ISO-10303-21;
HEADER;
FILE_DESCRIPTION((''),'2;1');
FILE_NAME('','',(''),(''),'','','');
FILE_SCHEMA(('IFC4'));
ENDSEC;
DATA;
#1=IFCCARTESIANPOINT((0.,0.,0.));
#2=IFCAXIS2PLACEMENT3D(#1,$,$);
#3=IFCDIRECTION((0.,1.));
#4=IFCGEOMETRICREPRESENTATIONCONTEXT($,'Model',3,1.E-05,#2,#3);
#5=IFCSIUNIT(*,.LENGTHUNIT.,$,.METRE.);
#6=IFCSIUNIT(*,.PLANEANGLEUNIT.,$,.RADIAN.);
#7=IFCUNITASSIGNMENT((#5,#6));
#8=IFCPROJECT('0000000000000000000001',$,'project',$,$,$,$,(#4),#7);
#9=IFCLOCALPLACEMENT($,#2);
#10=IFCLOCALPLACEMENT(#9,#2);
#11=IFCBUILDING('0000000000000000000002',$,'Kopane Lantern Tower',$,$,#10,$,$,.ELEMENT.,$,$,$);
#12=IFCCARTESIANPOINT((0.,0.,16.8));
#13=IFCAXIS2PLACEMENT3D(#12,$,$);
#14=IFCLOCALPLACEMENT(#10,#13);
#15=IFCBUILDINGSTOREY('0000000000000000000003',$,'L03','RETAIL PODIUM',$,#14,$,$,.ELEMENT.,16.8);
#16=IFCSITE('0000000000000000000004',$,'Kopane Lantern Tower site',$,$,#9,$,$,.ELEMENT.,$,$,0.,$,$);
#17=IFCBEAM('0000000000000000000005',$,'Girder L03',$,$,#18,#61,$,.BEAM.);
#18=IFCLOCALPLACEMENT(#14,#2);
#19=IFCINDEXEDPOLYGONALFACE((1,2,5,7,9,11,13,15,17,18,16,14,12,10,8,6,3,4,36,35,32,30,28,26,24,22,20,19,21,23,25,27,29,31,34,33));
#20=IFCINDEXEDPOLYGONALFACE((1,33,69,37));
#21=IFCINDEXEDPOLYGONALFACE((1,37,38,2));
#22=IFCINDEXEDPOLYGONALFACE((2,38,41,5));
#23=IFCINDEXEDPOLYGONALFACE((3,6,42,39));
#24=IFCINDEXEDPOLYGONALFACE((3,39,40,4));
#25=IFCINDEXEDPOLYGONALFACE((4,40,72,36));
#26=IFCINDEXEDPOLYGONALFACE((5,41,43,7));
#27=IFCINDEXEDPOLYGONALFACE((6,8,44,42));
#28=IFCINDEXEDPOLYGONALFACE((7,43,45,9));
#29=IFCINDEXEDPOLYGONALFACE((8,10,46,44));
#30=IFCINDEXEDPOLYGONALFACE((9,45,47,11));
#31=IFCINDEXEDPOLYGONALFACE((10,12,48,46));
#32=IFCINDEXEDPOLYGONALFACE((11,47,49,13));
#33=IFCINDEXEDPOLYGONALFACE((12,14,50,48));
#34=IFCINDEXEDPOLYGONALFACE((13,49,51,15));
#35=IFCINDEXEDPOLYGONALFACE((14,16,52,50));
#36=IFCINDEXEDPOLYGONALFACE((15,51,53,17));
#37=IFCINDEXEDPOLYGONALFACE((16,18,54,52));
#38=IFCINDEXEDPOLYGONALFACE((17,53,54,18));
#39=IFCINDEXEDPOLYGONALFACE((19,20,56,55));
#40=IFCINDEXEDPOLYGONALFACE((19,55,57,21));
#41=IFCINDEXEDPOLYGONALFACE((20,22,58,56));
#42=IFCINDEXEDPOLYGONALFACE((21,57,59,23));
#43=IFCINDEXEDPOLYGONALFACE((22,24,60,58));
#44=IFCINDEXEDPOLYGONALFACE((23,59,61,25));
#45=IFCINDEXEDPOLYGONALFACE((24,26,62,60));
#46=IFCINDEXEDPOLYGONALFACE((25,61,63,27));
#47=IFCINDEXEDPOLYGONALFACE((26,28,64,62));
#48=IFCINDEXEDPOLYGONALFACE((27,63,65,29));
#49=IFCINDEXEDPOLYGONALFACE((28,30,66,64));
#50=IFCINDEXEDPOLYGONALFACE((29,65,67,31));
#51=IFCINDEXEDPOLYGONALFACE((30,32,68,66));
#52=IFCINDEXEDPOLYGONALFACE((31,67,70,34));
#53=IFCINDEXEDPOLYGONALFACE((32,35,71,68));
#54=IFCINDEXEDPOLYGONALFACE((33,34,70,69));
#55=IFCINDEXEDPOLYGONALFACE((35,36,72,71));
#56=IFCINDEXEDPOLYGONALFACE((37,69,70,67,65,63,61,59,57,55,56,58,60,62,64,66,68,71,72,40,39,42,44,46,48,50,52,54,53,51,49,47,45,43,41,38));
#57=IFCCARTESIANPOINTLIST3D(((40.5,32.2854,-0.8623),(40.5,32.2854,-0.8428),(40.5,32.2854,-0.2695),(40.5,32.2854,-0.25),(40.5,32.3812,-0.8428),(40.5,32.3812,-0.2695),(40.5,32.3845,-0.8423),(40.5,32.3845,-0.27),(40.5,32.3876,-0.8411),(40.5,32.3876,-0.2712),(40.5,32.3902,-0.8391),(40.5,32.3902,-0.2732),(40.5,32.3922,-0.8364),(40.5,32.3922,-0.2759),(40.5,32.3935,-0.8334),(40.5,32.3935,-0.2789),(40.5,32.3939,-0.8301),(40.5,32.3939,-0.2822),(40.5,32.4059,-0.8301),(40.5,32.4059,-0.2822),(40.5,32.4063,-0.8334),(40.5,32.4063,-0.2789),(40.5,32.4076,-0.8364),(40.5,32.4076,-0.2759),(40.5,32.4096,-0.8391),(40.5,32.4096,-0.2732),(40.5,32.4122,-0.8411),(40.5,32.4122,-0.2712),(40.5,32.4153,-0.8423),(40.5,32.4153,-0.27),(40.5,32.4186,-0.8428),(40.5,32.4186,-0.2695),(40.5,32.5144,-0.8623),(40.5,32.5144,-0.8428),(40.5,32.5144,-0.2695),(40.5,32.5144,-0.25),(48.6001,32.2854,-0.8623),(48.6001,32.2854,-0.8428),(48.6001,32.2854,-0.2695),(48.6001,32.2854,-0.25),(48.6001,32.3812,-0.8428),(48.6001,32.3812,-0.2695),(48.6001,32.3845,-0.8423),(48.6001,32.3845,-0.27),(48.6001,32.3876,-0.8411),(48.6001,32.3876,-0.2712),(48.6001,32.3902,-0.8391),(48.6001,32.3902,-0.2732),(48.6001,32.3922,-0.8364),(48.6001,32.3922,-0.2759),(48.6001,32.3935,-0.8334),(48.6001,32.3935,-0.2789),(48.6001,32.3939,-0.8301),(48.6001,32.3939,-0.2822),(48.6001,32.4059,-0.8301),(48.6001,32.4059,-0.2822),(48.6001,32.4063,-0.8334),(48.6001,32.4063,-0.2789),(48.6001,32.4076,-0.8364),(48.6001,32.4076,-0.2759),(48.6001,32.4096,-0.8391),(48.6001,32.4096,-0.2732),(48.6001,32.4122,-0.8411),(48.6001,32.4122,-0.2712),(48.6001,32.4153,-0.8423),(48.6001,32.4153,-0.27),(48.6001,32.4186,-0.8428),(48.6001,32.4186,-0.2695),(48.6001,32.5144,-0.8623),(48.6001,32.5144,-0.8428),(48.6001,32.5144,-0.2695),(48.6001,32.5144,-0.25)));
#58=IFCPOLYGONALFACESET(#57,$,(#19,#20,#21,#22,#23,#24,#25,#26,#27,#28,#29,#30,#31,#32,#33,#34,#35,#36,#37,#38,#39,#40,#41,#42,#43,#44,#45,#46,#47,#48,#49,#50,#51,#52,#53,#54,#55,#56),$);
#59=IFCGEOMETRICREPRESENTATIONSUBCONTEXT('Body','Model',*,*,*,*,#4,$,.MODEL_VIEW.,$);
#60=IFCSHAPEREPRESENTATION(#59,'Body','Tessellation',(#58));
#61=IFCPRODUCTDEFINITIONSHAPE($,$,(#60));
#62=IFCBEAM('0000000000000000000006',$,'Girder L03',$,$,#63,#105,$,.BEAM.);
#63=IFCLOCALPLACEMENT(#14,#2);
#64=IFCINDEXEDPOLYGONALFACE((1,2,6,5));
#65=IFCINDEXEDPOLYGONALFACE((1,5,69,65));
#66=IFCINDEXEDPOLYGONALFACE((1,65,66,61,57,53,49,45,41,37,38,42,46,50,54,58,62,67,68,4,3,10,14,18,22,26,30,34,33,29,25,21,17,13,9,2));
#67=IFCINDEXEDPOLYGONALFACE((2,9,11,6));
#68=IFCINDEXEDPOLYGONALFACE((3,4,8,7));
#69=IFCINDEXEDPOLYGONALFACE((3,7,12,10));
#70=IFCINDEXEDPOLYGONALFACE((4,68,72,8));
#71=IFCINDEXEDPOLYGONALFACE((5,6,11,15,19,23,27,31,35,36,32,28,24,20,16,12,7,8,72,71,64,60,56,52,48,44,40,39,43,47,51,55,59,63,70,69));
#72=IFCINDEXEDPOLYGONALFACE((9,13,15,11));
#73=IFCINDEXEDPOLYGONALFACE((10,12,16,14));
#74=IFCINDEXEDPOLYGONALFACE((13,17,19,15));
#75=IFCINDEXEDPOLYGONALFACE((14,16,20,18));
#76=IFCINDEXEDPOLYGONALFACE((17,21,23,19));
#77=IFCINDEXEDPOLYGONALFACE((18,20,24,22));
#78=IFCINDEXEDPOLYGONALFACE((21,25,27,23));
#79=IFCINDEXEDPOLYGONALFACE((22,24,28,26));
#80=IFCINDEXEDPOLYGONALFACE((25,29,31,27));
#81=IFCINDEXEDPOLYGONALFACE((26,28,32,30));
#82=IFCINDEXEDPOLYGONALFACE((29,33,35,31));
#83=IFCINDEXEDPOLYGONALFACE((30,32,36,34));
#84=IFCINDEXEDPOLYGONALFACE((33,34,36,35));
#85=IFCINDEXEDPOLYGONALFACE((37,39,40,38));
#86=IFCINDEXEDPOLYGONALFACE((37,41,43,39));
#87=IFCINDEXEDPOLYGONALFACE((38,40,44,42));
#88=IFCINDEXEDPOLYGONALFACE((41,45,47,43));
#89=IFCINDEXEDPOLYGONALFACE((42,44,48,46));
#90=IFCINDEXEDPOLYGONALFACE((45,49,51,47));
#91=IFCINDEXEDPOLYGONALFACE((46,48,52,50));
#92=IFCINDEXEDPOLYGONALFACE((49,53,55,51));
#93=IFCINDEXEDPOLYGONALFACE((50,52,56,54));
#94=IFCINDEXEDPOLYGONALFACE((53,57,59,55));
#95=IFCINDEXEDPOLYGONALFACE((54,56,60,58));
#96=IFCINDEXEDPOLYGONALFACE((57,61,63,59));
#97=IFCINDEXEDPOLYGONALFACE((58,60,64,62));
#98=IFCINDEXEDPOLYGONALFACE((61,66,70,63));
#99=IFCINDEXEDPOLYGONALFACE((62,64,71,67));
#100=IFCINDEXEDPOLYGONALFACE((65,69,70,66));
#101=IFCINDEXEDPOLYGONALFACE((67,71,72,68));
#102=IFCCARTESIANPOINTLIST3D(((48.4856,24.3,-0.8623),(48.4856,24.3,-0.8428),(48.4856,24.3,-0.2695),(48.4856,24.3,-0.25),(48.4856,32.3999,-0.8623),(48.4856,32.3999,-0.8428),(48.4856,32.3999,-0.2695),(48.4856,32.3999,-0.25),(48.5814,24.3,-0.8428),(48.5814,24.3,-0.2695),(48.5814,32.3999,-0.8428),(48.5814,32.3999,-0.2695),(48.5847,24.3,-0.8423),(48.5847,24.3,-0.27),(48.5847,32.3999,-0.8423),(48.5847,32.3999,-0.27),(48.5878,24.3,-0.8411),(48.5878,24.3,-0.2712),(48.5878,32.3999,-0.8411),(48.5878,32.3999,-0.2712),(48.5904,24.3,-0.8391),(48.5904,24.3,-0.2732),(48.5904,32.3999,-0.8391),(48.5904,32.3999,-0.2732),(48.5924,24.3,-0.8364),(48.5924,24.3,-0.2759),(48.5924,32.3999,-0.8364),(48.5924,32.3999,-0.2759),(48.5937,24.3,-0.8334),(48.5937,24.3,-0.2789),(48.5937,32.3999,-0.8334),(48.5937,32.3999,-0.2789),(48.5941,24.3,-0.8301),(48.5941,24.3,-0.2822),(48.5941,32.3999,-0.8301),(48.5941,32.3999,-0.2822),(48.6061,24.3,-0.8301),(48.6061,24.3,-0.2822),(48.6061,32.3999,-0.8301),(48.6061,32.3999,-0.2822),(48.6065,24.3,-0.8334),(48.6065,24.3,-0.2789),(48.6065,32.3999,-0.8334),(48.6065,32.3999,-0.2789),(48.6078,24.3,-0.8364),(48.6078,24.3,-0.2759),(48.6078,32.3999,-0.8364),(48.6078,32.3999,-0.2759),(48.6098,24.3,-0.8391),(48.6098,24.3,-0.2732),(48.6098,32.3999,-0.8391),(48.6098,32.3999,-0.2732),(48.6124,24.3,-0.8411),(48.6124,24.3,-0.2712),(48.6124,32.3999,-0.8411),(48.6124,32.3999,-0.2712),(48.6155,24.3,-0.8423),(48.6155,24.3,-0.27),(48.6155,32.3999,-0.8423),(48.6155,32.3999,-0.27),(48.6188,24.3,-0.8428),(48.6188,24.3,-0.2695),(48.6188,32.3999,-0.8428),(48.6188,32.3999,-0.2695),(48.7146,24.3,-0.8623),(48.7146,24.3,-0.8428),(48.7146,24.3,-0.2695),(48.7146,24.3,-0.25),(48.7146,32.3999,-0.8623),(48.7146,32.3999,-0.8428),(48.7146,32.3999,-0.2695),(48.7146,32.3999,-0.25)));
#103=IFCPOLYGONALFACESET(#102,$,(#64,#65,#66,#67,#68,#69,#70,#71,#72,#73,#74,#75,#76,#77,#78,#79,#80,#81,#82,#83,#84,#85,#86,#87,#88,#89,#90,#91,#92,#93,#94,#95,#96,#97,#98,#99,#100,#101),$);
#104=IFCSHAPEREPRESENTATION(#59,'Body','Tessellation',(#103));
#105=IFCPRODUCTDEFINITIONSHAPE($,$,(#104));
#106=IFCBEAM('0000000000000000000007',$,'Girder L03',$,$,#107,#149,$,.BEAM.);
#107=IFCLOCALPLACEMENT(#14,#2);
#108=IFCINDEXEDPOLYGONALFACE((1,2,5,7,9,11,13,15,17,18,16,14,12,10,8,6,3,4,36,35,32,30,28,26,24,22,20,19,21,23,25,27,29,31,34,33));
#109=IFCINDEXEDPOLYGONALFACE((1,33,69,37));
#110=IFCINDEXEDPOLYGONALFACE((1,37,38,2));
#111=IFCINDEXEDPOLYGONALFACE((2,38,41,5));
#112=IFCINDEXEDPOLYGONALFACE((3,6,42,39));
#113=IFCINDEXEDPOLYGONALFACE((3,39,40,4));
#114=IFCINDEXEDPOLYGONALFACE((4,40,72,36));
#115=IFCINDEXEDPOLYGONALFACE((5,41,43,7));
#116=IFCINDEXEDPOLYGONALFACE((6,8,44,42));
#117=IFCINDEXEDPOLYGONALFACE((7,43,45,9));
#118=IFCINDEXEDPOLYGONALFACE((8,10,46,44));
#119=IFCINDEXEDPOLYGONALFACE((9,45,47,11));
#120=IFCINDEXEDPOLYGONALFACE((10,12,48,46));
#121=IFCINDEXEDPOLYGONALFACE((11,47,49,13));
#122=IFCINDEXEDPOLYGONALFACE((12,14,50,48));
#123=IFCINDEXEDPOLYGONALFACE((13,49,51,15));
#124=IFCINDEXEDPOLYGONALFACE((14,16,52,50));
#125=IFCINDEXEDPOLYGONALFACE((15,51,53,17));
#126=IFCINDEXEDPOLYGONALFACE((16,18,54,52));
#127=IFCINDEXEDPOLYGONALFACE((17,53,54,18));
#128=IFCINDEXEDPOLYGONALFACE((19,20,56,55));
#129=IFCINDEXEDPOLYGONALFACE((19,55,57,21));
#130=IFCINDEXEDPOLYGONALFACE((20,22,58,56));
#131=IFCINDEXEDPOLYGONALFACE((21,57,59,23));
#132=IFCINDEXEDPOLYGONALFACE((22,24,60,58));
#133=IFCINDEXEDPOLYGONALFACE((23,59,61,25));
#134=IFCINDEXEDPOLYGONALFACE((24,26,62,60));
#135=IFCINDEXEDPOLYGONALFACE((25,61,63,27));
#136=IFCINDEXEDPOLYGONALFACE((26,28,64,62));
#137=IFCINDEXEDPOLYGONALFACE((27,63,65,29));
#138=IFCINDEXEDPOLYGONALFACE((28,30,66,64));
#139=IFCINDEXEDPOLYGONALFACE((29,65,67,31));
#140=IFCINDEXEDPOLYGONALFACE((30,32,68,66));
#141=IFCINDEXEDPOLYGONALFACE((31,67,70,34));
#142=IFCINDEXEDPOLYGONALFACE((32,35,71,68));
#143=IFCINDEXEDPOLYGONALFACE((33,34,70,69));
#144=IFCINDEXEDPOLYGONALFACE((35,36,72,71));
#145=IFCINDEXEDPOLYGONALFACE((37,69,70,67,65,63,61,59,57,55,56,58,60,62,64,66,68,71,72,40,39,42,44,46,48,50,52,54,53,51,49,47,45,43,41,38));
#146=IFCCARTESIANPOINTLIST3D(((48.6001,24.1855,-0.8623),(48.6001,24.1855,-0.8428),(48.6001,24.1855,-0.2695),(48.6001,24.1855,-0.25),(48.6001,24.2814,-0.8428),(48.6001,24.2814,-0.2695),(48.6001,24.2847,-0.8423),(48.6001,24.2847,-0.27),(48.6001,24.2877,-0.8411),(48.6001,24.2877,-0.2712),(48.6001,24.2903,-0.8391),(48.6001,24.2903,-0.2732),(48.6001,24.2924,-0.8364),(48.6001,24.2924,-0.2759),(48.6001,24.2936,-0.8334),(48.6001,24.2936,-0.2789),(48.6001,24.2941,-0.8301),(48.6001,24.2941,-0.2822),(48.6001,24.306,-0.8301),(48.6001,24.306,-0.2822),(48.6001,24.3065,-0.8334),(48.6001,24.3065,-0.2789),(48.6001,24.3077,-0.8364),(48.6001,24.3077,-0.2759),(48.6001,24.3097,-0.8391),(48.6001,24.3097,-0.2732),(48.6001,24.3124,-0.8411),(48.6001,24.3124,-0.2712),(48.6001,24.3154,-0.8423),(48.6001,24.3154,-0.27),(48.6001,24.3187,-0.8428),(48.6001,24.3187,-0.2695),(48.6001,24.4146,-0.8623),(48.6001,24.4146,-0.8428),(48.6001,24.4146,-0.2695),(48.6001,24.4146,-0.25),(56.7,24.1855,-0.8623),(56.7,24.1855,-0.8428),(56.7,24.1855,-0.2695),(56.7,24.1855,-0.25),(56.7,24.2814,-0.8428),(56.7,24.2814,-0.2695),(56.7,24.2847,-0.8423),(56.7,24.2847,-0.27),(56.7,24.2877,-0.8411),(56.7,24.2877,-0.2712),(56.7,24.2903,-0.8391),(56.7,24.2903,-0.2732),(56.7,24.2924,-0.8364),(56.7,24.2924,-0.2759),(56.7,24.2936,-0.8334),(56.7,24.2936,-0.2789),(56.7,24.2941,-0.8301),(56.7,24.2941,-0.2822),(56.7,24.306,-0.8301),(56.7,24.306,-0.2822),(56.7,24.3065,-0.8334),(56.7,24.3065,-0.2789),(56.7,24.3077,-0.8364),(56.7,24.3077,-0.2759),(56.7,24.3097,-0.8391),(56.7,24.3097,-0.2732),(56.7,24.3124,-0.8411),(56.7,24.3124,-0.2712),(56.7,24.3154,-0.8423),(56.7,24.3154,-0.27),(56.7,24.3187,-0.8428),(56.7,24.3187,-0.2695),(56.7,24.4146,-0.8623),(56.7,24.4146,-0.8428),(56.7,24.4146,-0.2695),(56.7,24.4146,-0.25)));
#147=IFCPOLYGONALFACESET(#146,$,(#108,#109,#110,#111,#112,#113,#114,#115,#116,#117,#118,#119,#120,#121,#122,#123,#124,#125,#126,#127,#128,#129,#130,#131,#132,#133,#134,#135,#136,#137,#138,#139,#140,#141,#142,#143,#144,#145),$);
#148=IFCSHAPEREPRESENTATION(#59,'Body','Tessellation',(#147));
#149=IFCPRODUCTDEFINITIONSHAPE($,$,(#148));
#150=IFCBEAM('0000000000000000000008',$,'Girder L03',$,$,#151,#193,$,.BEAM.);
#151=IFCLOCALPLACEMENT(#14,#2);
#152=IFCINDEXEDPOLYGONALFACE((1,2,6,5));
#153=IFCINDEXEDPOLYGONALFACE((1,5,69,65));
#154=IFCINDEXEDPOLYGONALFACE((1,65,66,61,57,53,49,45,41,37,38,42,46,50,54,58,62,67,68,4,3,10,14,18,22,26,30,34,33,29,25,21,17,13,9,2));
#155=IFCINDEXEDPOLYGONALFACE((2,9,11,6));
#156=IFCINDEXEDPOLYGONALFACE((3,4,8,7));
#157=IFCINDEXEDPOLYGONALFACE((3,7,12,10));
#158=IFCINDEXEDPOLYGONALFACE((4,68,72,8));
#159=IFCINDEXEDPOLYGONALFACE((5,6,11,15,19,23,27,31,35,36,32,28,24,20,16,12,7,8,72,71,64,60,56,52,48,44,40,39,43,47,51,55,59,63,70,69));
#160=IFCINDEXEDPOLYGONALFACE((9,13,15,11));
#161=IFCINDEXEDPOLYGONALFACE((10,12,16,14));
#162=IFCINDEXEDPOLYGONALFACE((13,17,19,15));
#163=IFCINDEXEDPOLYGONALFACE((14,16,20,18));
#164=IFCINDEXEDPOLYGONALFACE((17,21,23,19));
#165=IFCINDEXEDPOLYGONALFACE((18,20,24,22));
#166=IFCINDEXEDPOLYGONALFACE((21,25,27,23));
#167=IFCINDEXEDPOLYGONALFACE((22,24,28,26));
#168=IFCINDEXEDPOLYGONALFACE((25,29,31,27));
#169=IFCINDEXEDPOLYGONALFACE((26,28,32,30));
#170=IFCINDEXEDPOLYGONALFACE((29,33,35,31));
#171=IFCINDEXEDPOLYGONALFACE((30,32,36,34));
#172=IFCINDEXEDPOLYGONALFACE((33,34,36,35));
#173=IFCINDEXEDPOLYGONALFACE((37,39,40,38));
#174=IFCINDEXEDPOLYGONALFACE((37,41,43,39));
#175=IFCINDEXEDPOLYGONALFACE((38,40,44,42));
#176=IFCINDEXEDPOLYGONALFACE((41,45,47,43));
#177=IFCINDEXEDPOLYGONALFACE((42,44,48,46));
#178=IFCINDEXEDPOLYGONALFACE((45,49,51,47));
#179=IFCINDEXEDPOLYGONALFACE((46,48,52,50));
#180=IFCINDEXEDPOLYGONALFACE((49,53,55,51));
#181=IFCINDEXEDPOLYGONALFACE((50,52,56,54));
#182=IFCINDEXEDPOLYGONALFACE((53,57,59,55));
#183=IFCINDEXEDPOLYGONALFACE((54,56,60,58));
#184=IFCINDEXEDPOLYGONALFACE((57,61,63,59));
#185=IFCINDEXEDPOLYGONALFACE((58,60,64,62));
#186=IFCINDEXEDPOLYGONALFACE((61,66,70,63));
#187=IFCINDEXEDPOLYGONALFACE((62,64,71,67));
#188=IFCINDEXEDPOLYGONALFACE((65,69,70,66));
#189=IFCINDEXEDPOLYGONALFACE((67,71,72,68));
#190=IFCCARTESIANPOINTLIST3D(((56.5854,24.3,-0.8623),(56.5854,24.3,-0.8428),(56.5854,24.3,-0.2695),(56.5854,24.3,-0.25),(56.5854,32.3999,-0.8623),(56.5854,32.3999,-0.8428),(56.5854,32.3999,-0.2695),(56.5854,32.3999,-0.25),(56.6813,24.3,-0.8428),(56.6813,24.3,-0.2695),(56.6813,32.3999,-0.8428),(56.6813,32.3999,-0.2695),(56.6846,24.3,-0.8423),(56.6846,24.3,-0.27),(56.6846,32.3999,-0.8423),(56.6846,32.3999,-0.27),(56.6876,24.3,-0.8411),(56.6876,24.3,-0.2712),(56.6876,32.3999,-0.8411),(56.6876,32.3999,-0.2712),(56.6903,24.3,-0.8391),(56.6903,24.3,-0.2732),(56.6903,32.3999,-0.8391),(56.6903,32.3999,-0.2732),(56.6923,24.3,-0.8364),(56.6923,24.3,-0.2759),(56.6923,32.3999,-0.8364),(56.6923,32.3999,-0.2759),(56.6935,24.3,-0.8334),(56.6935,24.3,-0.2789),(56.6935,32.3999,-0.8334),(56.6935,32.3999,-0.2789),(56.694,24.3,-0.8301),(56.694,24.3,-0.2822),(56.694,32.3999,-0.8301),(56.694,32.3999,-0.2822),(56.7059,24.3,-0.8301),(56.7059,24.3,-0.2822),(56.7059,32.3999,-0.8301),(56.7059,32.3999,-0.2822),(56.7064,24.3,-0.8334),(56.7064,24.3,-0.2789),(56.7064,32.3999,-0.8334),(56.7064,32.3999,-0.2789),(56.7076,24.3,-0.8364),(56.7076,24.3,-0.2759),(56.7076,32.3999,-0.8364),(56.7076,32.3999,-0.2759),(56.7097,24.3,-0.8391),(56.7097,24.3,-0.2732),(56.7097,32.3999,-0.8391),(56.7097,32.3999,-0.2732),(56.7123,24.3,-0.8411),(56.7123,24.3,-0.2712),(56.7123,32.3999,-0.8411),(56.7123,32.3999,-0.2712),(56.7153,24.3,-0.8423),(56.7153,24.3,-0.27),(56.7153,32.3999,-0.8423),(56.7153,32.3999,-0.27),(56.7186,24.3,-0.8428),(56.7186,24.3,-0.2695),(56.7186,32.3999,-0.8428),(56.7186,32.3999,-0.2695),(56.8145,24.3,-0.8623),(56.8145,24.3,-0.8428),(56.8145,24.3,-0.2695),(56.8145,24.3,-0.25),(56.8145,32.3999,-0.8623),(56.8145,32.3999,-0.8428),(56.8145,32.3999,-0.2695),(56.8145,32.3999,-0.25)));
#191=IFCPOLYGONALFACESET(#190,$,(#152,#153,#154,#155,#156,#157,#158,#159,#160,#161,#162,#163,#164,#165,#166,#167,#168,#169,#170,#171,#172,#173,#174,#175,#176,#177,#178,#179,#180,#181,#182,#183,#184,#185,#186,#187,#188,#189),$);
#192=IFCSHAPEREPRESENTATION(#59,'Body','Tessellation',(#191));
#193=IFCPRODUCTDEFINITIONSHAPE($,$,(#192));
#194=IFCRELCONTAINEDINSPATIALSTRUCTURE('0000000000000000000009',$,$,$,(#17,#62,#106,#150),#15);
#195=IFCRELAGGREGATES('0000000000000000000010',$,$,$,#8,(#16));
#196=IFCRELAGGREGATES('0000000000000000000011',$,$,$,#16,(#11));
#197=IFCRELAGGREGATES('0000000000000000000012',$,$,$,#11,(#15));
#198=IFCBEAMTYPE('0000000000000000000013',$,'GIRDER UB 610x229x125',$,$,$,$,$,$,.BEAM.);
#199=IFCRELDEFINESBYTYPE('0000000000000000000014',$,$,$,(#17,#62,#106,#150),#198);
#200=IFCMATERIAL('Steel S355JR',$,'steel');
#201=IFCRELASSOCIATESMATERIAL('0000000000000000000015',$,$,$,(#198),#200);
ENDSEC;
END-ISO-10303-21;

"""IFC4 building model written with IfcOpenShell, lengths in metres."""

from ifc_helpers import new_model, si_unit, direction, frame, origin, origin_2d, place, context, subcontext, project, spatial, i_section, extrude, material, material_profile, profile_set, type_object, element, save


model = new_model("IFC4")

# Units and contexts
model_context = context("Model", 3, precision=1e-05, world=origin(), true_north=direction((0.0, 1.0)))
body_context = subcontext(model_context, "Body", "Model", "MODEL_VIEW")
ifc_project = project(units=[si_unit("LENGTHUNIT", "METRE"), si_unit("PLANEANGLEUNIT", "RADIAN")], contexts=[model_context])

# Site, building, storey
site_placement = place(None, origin())
site = spatial("IfcSite", under=ifc_project, at=site_placement, Name="Kopane Lantern Tower site", CompositionType="ELEMENT", RefElevation=0.0)
building_placement = place(site_placement, origin())
building = spatial("IfcBuilding", under=site, at=building_placement, Name="Kopane Lantern Tower", CompositionType="ELEMENT")
storey_placement = place(building_placement, frame((0.0, 0.0, 16.8)))
storey = spatial("IfcBuildingStorey", under=building, at=storey_placement, Name="L03", Description="RETAIL PODIUM", CompositionType="ELEMENT", Elevation=16.8)

# Beams
ifc_material_1 = material(Name="Steel S355JR", Category="steel")
ifc_material_profile_1 = material_profile(ifc_material_1, i_section(OverallWidth=0.229, OverallDepth=0.6123, WebThickness=0.012, FlangeThickness=0.0195, FilletRadius=0.0127, at=origin_2d()), Name="UB 610x229x125")
ifc_profile_set_1 = profile_set([ifc_material_profile_1], Name="Steel S355JR")
beam_type = type_object("IfcBeamType", Name="GIRDER UB 610x229x125", PredefinedType="BEAM", material=ifc_profile_set_1)
for number, where, z_axis, x_axis, name in (
    (1, (40.5, 32.3999, -0.5562), (1.0, 0.0, 0.0), (0.0, 1.0, 0.0), "Girder L03"),
):
    element("IfcBeam", number, at=place(storey_placement, frame(where, z_axis=z_axis, x_axis=x_axis)), inside=storey, type_object=beam_type, Name=name, PredefinedType="BEAM", context=body_context, shape_type="SweptSolid", body=[
        extrude(i_section(OverallWidth=0.229, OverallDepth=0.6123, WebThickness=0.012, FlangeThickness=0.0195, FilletRadius=0.0127, at=origin_2d()), origin(), (0.0, 0.0, 1.0), 8.1001),
    ])
for number, where, z_axis, x_axis, name in (
    (2, (48.6001, 24.3, -0.5562), (0.0, 1.0, 0.0), (-1.0, 0.0, 0.0), "Girder L03"),
    (3, (48.6001, 24.3, -0.5562), (1.0, 0.0, 0.0), (0.0, 1.0, 0.0), "Girder L03"),
    (4, (56.7, 24.3, -0.5562), (0.0, 1.0, 0.0), (-1.0, 0.0, 0.0), "Girder L03"),
):
    element("IfcBeam", number, at=place(storey_placement, frame(where, z_axis=z_axis, x_axis=x_axis)), inside=storey, type_object=beam_type, Name=name, PredefinedType="BEAM", context=body_context, shape_type="SweptSolid", body=[
        extrude(i_section(OverallWidth=0.229, OverallDepth=0.6123, WebThickness=0.012, FlangeThickness=0.0195, FilletRadius=0.0127, at=origin_2d()), origin(), (0.0, 0.0, 1.0), 8.0999),
    ])

save(model, "model.ifc")
